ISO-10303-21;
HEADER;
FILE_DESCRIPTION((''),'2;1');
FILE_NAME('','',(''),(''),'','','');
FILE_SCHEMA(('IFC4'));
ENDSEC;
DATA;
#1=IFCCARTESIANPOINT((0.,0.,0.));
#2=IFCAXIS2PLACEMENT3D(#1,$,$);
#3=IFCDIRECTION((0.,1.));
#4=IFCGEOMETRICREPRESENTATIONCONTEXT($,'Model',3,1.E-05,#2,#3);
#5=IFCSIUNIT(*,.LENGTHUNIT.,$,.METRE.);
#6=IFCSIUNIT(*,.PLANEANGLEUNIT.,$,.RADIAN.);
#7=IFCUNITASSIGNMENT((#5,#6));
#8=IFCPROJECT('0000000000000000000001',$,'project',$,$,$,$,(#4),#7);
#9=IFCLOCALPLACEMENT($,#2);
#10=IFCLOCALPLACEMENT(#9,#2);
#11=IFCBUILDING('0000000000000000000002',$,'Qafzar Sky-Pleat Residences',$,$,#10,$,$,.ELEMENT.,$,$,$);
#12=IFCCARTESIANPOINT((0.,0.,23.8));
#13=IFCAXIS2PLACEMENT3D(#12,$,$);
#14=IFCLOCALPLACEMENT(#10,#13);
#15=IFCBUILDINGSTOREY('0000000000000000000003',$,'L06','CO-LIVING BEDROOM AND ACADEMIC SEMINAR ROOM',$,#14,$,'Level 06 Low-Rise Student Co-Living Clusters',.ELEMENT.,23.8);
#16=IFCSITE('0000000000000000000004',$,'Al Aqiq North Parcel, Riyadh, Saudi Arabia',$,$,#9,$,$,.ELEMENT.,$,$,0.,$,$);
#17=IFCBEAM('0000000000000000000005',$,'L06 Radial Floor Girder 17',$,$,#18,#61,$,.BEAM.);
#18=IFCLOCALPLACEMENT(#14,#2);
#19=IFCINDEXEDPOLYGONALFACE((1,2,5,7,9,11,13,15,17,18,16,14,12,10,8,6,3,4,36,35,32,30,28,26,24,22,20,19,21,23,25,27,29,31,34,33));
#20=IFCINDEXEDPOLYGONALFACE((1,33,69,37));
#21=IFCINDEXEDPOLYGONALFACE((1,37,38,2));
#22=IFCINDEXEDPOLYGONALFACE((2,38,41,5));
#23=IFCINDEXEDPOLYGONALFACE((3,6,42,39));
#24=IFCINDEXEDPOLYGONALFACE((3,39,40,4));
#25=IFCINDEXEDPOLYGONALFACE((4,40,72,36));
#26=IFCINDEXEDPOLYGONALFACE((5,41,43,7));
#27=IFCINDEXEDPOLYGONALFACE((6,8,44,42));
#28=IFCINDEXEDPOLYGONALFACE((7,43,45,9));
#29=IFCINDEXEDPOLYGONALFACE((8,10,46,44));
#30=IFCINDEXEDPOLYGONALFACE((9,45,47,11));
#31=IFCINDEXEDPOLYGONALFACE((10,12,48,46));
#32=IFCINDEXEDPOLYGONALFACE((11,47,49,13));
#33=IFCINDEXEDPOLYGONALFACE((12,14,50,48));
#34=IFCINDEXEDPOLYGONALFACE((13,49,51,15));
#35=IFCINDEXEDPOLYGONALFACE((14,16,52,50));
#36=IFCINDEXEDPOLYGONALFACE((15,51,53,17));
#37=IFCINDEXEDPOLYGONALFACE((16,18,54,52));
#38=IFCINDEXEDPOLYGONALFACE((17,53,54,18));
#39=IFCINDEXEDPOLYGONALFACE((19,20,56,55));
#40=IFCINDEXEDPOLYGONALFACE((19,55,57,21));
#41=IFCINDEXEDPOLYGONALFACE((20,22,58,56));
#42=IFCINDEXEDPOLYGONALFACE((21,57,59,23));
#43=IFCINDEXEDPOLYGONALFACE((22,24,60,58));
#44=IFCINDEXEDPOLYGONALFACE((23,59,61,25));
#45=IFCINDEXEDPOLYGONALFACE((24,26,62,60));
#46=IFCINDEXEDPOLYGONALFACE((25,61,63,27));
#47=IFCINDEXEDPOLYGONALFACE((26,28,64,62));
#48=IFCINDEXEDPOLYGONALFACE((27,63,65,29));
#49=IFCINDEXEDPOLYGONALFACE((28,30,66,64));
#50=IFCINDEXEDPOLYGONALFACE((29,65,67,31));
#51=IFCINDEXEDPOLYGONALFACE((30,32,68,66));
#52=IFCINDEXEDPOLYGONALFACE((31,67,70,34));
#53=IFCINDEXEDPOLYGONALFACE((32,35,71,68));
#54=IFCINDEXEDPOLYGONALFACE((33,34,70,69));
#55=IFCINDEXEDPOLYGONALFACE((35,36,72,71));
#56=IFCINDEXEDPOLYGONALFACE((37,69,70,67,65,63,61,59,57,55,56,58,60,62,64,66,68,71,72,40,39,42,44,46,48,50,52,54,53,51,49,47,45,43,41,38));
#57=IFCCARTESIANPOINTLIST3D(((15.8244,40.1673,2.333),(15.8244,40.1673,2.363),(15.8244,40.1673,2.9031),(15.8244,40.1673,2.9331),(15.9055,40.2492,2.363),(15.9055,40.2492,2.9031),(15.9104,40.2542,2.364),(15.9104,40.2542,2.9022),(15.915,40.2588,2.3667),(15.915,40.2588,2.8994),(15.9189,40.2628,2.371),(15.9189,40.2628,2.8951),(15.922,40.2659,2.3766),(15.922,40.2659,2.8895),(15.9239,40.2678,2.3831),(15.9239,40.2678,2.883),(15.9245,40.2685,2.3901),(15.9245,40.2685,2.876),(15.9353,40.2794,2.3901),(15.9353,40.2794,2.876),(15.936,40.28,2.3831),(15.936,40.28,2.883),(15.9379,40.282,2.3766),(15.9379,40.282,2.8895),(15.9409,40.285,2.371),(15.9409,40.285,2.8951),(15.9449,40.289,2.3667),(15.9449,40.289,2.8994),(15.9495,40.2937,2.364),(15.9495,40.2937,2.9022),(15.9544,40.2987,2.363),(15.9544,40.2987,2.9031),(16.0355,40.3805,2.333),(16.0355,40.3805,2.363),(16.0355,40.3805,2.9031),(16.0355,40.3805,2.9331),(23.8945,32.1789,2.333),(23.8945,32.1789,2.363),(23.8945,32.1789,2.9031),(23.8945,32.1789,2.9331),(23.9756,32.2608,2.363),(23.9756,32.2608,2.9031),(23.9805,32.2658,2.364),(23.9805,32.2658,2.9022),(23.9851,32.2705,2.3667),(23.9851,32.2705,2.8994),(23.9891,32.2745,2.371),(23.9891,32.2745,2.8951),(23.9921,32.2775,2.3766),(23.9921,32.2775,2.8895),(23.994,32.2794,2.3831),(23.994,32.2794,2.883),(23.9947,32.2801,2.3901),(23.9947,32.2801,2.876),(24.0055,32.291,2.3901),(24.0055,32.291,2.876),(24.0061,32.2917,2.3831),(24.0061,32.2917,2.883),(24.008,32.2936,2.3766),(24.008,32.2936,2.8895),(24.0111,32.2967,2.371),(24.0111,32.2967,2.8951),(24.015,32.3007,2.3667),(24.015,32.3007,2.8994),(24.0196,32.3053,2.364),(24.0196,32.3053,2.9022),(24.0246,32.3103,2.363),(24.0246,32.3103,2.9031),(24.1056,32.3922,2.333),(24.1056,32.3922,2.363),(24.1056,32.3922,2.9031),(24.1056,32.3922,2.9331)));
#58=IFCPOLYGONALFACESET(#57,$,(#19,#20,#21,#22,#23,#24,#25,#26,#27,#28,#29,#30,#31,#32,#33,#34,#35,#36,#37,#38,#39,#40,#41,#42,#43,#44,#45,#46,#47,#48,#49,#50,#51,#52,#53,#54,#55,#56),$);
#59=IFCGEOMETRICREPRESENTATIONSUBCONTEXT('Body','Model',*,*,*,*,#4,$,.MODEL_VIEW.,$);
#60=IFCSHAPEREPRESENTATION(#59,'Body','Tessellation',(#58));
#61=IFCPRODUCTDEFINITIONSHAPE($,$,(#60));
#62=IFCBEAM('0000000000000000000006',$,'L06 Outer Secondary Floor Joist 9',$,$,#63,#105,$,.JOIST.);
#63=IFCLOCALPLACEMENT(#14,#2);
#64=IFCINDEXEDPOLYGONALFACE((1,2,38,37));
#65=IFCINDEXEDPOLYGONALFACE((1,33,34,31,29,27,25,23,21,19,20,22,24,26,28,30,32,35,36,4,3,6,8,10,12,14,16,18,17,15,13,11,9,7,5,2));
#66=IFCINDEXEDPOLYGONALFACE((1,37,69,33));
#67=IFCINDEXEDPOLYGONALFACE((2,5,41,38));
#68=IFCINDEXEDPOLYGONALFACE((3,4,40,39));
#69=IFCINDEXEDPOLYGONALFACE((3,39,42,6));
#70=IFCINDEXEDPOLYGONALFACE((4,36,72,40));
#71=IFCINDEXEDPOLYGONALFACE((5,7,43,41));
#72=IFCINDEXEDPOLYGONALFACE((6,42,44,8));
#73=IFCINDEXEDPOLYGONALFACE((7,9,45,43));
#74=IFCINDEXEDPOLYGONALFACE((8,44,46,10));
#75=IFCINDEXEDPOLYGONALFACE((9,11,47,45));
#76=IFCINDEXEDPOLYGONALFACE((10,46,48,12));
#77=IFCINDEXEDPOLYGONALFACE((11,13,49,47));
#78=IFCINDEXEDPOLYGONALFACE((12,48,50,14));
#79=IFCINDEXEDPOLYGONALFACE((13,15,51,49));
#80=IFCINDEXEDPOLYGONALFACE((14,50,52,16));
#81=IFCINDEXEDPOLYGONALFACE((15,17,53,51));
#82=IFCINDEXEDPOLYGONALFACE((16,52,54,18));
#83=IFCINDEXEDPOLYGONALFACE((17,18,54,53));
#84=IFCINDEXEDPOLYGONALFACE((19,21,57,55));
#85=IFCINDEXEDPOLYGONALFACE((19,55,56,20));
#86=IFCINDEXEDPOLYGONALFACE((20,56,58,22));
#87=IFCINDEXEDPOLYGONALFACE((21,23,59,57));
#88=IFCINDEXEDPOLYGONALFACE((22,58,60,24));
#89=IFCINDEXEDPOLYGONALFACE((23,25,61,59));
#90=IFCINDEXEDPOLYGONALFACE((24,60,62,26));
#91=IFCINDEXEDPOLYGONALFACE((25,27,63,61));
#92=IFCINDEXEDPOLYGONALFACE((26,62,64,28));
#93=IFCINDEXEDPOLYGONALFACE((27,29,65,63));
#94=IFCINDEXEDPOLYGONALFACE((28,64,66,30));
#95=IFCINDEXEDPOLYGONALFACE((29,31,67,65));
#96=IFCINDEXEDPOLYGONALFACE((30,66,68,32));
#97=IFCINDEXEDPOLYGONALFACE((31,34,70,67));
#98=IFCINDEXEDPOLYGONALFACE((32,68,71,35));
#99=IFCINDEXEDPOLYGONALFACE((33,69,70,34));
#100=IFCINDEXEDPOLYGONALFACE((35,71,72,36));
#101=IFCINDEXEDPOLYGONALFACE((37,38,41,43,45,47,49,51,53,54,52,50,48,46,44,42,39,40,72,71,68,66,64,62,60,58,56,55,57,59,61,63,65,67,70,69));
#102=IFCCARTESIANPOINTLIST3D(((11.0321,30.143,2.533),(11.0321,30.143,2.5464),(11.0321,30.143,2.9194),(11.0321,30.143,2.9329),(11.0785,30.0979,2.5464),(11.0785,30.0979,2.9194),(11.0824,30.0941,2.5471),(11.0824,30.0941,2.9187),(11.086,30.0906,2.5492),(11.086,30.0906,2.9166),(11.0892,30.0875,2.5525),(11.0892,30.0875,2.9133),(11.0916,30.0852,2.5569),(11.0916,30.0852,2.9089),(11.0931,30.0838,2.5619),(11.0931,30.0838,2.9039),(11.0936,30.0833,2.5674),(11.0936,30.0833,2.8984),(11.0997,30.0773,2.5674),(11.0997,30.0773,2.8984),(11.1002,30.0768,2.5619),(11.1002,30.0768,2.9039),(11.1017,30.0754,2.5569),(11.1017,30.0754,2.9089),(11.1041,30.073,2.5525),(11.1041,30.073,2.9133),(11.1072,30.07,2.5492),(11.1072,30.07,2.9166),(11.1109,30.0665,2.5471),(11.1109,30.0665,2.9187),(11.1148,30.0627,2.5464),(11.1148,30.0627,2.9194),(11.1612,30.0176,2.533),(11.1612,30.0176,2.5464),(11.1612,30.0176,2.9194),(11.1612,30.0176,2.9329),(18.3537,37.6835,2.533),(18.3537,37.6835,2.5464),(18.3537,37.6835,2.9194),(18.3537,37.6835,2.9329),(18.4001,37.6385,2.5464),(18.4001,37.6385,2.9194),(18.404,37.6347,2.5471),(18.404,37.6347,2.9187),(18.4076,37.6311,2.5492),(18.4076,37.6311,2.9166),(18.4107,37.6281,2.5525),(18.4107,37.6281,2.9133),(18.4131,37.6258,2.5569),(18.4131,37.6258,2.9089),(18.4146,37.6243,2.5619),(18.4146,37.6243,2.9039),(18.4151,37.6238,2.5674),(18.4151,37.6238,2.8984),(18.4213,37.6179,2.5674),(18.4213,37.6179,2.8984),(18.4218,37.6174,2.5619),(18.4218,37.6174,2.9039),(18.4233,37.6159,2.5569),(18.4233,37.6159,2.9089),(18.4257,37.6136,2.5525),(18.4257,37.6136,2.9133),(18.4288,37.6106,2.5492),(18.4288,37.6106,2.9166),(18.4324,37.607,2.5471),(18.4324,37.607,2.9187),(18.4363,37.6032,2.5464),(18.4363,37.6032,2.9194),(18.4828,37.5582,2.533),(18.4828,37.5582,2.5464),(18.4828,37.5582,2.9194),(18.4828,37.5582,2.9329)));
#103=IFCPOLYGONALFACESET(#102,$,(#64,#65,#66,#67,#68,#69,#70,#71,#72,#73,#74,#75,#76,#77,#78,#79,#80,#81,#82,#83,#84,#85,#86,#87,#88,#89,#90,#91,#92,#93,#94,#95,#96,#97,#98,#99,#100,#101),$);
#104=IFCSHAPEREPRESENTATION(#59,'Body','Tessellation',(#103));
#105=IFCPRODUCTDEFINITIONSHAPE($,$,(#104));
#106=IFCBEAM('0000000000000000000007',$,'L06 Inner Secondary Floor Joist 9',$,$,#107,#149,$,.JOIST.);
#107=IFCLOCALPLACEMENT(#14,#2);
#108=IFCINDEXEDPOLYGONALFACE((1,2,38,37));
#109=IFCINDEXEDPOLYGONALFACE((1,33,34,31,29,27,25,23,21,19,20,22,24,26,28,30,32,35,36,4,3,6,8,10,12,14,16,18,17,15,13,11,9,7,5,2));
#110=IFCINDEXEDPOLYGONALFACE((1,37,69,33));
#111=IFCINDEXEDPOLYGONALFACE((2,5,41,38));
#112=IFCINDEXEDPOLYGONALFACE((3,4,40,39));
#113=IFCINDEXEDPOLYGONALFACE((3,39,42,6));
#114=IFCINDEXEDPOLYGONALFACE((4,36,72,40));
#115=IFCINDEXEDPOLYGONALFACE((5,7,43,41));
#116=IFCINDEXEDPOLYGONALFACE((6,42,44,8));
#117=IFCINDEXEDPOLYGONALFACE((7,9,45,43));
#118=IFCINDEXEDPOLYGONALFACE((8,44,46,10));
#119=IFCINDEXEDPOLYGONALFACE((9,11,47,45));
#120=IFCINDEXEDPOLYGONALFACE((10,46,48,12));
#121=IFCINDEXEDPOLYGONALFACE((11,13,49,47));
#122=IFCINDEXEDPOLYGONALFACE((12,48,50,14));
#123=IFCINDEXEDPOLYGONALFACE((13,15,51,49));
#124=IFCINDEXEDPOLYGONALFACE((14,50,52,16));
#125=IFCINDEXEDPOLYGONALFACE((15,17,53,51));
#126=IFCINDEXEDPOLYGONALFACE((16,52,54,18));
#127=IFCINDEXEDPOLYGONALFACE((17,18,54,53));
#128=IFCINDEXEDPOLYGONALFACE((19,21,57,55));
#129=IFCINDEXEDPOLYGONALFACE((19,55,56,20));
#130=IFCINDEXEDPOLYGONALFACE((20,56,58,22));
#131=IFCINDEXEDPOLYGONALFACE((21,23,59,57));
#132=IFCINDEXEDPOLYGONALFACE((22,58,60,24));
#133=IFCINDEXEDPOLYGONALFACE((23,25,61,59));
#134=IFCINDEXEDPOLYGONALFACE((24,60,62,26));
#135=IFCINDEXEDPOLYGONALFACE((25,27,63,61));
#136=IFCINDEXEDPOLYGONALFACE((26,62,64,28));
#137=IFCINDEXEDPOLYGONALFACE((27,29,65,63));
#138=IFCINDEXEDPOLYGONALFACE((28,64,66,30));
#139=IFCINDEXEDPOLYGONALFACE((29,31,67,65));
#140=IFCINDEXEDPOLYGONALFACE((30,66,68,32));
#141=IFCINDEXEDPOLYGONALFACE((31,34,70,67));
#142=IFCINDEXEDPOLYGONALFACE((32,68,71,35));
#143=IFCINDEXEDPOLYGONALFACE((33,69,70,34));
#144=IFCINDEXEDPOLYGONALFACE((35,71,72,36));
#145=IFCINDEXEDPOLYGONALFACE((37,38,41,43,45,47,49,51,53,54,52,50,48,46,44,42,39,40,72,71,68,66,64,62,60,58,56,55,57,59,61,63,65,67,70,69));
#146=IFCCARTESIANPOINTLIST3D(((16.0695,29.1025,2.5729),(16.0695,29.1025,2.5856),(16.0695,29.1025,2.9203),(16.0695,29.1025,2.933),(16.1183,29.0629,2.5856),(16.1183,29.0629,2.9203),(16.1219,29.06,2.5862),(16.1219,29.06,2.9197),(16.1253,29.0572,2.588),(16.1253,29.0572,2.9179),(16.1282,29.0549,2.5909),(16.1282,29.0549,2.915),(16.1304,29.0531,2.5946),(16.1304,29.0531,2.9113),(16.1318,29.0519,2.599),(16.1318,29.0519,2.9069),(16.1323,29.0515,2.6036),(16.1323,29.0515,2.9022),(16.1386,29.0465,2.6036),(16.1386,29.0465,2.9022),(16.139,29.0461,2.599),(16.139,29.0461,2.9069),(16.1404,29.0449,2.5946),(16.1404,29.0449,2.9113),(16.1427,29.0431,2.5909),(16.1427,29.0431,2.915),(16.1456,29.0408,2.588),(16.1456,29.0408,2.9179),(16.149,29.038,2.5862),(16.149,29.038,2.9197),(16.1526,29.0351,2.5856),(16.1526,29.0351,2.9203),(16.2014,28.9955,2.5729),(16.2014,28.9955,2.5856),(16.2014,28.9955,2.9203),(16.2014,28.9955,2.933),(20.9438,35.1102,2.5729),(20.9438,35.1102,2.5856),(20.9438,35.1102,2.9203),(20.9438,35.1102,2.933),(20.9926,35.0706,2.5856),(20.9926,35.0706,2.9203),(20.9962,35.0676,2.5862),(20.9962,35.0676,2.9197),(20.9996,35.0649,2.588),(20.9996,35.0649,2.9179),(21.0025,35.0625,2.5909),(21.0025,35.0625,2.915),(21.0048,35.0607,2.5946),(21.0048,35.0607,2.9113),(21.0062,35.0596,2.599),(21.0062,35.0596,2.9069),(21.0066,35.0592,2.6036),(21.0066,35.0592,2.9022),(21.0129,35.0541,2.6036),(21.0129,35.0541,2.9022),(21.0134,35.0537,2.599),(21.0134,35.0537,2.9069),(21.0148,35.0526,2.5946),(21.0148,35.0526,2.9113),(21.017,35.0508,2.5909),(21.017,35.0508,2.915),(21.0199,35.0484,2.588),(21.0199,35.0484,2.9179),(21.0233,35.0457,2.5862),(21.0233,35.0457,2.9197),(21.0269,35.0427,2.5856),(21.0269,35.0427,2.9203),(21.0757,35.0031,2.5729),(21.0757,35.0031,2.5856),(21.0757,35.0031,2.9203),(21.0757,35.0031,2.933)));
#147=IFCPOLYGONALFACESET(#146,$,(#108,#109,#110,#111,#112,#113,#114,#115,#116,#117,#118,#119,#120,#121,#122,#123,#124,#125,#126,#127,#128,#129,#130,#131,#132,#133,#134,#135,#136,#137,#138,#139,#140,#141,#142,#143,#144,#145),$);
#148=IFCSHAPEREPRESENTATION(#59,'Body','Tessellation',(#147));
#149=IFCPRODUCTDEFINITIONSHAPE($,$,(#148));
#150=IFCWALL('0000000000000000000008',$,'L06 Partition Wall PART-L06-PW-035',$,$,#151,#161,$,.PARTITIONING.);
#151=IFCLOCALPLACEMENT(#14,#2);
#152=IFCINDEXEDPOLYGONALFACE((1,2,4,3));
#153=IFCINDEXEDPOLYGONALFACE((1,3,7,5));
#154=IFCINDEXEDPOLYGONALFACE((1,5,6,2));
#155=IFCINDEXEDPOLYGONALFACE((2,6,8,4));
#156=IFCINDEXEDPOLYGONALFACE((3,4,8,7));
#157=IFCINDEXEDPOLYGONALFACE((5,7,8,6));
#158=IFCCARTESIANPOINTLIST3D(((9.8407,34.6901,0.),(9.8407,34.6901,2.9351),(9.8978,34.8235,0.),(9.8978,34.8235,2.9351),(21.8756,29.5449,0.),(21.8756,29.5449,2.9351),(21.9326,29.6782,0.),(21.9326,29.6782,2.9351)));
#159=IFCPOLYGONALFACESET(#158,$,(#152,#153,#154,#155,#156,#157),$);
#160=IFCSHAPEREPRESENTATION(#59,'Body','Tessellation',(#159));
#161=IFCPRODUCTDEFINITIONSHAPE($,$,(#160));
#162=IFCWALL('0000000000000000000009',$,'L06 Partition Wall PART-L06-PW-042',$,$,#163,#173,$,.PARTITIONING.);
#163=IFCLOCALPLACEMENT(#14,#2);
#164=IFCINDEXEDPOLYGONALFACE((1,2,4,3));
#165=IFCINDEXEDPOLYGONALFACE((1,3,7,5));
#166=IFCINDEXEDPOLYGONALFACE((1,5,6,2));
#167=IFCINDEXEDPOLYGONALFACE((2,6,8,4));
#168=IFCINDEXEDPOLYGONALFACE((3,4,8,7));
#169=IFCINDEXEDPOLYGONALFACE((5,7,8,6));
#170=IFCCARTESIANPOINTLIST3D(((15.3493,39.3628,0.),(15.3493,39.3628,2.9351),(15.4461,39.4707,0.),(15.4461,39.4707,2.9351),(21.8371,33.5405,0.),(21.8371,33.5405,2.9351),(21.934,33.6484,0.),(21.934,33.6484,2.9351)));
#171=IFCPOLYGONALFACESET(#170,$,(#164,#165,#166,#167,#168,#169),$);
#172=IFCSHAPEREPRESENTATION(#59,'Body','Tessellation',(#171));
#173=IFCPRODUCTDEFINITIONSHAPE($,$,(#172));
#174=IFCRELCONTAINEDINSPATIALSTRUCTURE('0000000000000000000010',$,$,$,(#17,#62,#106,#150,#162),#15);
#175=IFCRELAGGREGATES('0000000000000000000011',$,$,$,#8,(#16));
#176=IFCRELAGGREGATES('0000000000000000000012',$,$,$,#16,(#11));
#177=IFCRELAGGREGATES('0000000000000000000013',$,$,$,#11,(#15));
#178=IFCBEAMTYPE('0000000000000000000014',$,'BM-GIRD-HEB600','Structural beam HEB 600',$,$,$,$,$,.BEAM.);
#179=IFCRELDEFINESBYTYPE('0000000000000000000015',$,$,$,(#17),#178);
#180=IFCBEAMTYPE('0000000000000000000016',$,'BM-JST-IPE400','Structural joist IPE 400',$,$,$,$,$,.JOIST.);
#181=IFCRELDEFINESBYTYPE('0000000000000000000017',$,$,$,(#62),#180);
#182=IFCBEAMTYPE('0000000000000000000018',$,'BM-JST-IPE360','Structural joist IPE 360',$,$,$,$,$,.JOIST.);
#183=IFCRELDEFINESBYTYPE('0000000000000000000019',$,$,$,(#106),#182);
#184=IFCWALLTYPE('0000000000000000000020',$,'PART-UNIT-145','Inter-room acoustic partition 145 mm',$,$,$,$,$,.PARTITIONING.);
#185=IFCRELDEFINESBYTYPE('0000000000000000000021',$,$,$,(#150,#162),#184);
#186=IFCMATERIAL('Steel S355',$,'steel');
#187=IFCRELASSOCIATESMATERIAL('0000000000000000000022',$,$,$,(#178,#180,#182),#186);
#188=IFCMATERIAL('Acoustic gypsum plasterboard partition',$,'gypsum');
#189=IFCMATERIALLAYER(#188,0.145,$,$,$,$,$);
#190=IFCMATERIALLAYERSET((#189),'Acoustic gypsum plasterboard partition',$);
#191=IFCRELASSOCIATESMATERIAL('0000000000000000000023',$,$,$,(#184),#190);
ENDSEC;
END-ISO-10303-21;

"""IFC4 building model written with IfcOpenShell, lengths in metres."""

from ifc_helpers import new_model, si_unit, direction, frame, frame_2d, origin, origin_2d, place, context, subcontext, project, spatial, rectangle, i_section, extrude, source, transform, mapped, material, layer, layer_set, material_profile, profile_set, type_object, element, save


model = new_model("IFC4")

# Units and contexts
model_context = context("Model", 3, precision=1e-05, world=origin(), true_north=direction((0.0, 1.0)))
body_context = subcontext(model_context, "Body", "Model", "MODEL_VIEW")
ifc_project = project(units=[si_unit("LENGTHUNIT", "METRE"), si_unit("PLANEANGLEUNIT", "RADIAN")], contexts=[model_context])

# Site, building, storey
site_placement = place(None, origin())
site = spatial("IfcSite", under=ifc_project, at=site_placement, Name="Al Aqiq North Parcel, Riyadh, Saudi Arabia", CompositionType="ELEMENT", RefElevation=0.0)
building_placement = place(site_placement, origin())
building = spatial("IfcBuilding", under=site, at=building_placement, Name="Qafzar Sky-Pleat Residences", CompositionType="ELEMENT")
storey_placement = place(building_placement, frame((0.0, 0.0, 23.8)))
storey = spatial("IfcBuildingStorey", under=building, at=storey_placement, Name="L06", Description="CO-LIVING BEDROOM AND ACADEMIC SEMINAR ROOM", LongName="Level 06 Low-Rise Student Co-Living Clusters", CompositionType="ELEMENT", Elevation=23.8)

# Beams
ifc_material_1 = material(Name="Steel S355", Category="steel")
ifc_material_profile_1 = material_profile(ifc_material_1, i_section(OverallWidth=0.3, OverallDepth=0.6001, WebThickness=0.0154, FlangeThickness=0.03, FilletRadius=0.0271, at=origin_2d()), Name="HEB 600")
ifc_profile_set_1 = profile_set([ifc_material_profile_1], Name="Steel S355")
beam_type_1 = type_object("IfcBeamType", Name="BM-GIRD-HEB600", Description="Structural beam HEB 600", PredefinedType="BEAM", material=ifc_profile_set_1)
shared_shape_1 = source(origin(), body_context, "Body", "SweptSolid", [
    extrude(i_section(OverallWidth=0.3, OverallDepth=0.6001, WebThickness=0.0154, FlangeThickness=0.03, FilletRadius=0.0271, at=origin_2d()), origin(), (0.0, 0.0, 1.0), 11.3552),
])
beam_1_placement = place(storey_placement, frame((15.9299, 40.2739, 2.6331), z_axis=(0.710699, -0.703496, 0.0), x_axis=(0.703496, 0.710699, 0.0)))
element("IfcBeam", 1, at=beam_1_placement, inside=storey, type_object=beam_type_1, Name="L06 Radial Floor Girder 17", PredefinedType="BEAM", context=body_context, shape_type="MappedRepresentation", body=[
    mapped(shared_shape_1, transform((0.0, 0.0, 0.0), x_axis=(1.0, 0.0, 0.0), y_axis=(0.0, 1.0, 0.0), z_axis=(0.0, 0.0, 1.0), scale=1.0)),
])
ifc_material_profile_2 = material_profile(ifc_material_1, i_section(OverallWidth=0.1799, OverallDepth=0.3999, WebThickness=0.0085, FlangeThickness=0.0134, FilletRadius=0.021, at=origin_2d()), Name="IPE 400")
ifc_profile_set_2 = profile_set([ifc_material_profile_2], Name="Steel S355")
beam_type_2 = type_object("IfcBeamType", Name="BM-JST-IPE400", Description="Structural joist IPE 400", PredefinedType="JOIST", material=ifc_profile_set_2)
shared_shape_2 = source(origin(), body_context, "Body", "SweptSolid", [
    extrude(i_section(OverallWidth=0.1799, OverallDepth=0.3999, WebThickness=0.0085, FlangeThickness=0.0134, FilletRadius=0.021, at=origin_2d()), origin(), (0.0, 0.0, 1.0), 10.5103),
])
beam_2_placement = place(storey_placement, frame((18.4182, 37.6208, 2.7329), z_axis=(-0.696612, -0.717448, 0.0), x_axis=(0.717448, -0.696612, 0.0)))
element("IfcBeam", 2, at=beam_2_placement, inside=storey, type_object=beam_type_2, Name="L06 Outer Secondary Floor Joist 9", PredefinedType="JOIST", context=body_context, shape_type="MappedRepresentation", body=[
    mapped(shared_shape_2, transform((0.0, 0.0, 0.0), x_axis=(1.0, 0.0, 0.0), y_axis=(0.0, 1.0, 0.0), z_axis=(0.0, 0.0, 1.0), scale=1.0)),
])
ifc_material_profile_3 = material_profile(ifc_material_1, i_section(OverallWidth=0.1699, OverallDepth=0.3601, WebThickness=0.0081, FlangeThickness=0.0127, FilletRadius=0.0181, at=origin_2d()), Name="IPE 360")
ifc_profile_set_3 = profile_set([ifc_material_profile_3], Name="Steel S355")
beam_type_3 = type_object("IfcBeamType", Name="BM-JST-IPE360", Description="Structural joist IPE 360", PredefinedType="JOIST", material=ifc_profile_set_3)
shared_shape_3 = source(origin(), body_context, "Body", "SweptSolid", [
    extrude(i_section(OverallWidth=0.1699, OverallDepth=0.3601, WebThickness=0.0081, FlangeThickness=0.0127, FilletRadius=0.0181, at=origin_2d()), origin(), (0.0, 0.0, 1.0), 7.7363),
])
beam_3_placement = place(storey_placement, frame((21.0098, 35.0566, 2.7529), z_axis=(-0.630057, -0.776549, 0.0), x_axis=(0.776549, -0.630057, 0.0)))
element("IfcBeam", 3, at=beam_3_placement, inside=storey, type_object=beam_type_3, Name="L06 Inner Secondary Floor Joist 9", PredefinedType="JOIST", context=body_context, shape_type="MappedRepresentation", body=[
    mapped(shared_shape_3, transform((0.0, 0.0, 0.0), x_axis=(1.0, 0.0, 0.0), y_axis=(0.0, 1.0, 0.0), z_axis=(0.0, 0.0, 1.0), scale=1.0)),
])

# Walls
ifc_material_2 = material(Name="Acoustic gypsum plasterboard partition", Category="gypsum")
ifc_layer_1 = layer(ifc_material_2, 0.145)
ifc_layer_set_1 = layer_set([ifc_layer_1], Name="Acoustic gypsum plasterboard partition")
wall_type_1 = type_object("IfcWallType", Name="PART-UNIT-145", Description="Inter-room acoustic partition 145 mm", PredefinedType="PARTITIONING", material=ifc_layer_set_1)
wall_1_placement = place(storey_placement, frame((9.8691, 34.7568, 0.0), z_axis=(0.0, 0.0, 1.0), x_axis=(0.919492, -0.393109, 0.0)))
element("IfcWall", 4, at=wall_1_placement, inside=storey, type_object=wall_type_1, Name="L06 Partition Wall PART-L06-PW-035", PredefinedType="PARTITIONING", context=body_context, shape_type="SweptSolid", body=[
    extrude(rectangle(XDim=13.0886, YDim=0.145, at=frame_2d((6.5444, 0.0))), origin(), (0.0, 0.0, 1.0), 2.9351),
])
wall_2_placement = place(storey_placement, frame((15.3977, 39.4167, 0.0), z_axis=(0.0, 0.0, 1.0), x_axis=(0.744249, -0.667903, 0.0)))
element("IfcWall", 5, at=wall_2_placement, inside=storey, type_object=wall_type_1, Name="L06 Partition Wall PART-L06-PW-042", PredefinedType="PARTITIONING", context=body_context, shape_type="SweptSolid", body=[
    extrude(rectangle(XDim=8.7173, YDim=0.145, at=frame_2d((4.3586, 0.0))), origin(), (0.0, 0.0, 1.0), 2.9351),
])

save(model, "model.ifc")
